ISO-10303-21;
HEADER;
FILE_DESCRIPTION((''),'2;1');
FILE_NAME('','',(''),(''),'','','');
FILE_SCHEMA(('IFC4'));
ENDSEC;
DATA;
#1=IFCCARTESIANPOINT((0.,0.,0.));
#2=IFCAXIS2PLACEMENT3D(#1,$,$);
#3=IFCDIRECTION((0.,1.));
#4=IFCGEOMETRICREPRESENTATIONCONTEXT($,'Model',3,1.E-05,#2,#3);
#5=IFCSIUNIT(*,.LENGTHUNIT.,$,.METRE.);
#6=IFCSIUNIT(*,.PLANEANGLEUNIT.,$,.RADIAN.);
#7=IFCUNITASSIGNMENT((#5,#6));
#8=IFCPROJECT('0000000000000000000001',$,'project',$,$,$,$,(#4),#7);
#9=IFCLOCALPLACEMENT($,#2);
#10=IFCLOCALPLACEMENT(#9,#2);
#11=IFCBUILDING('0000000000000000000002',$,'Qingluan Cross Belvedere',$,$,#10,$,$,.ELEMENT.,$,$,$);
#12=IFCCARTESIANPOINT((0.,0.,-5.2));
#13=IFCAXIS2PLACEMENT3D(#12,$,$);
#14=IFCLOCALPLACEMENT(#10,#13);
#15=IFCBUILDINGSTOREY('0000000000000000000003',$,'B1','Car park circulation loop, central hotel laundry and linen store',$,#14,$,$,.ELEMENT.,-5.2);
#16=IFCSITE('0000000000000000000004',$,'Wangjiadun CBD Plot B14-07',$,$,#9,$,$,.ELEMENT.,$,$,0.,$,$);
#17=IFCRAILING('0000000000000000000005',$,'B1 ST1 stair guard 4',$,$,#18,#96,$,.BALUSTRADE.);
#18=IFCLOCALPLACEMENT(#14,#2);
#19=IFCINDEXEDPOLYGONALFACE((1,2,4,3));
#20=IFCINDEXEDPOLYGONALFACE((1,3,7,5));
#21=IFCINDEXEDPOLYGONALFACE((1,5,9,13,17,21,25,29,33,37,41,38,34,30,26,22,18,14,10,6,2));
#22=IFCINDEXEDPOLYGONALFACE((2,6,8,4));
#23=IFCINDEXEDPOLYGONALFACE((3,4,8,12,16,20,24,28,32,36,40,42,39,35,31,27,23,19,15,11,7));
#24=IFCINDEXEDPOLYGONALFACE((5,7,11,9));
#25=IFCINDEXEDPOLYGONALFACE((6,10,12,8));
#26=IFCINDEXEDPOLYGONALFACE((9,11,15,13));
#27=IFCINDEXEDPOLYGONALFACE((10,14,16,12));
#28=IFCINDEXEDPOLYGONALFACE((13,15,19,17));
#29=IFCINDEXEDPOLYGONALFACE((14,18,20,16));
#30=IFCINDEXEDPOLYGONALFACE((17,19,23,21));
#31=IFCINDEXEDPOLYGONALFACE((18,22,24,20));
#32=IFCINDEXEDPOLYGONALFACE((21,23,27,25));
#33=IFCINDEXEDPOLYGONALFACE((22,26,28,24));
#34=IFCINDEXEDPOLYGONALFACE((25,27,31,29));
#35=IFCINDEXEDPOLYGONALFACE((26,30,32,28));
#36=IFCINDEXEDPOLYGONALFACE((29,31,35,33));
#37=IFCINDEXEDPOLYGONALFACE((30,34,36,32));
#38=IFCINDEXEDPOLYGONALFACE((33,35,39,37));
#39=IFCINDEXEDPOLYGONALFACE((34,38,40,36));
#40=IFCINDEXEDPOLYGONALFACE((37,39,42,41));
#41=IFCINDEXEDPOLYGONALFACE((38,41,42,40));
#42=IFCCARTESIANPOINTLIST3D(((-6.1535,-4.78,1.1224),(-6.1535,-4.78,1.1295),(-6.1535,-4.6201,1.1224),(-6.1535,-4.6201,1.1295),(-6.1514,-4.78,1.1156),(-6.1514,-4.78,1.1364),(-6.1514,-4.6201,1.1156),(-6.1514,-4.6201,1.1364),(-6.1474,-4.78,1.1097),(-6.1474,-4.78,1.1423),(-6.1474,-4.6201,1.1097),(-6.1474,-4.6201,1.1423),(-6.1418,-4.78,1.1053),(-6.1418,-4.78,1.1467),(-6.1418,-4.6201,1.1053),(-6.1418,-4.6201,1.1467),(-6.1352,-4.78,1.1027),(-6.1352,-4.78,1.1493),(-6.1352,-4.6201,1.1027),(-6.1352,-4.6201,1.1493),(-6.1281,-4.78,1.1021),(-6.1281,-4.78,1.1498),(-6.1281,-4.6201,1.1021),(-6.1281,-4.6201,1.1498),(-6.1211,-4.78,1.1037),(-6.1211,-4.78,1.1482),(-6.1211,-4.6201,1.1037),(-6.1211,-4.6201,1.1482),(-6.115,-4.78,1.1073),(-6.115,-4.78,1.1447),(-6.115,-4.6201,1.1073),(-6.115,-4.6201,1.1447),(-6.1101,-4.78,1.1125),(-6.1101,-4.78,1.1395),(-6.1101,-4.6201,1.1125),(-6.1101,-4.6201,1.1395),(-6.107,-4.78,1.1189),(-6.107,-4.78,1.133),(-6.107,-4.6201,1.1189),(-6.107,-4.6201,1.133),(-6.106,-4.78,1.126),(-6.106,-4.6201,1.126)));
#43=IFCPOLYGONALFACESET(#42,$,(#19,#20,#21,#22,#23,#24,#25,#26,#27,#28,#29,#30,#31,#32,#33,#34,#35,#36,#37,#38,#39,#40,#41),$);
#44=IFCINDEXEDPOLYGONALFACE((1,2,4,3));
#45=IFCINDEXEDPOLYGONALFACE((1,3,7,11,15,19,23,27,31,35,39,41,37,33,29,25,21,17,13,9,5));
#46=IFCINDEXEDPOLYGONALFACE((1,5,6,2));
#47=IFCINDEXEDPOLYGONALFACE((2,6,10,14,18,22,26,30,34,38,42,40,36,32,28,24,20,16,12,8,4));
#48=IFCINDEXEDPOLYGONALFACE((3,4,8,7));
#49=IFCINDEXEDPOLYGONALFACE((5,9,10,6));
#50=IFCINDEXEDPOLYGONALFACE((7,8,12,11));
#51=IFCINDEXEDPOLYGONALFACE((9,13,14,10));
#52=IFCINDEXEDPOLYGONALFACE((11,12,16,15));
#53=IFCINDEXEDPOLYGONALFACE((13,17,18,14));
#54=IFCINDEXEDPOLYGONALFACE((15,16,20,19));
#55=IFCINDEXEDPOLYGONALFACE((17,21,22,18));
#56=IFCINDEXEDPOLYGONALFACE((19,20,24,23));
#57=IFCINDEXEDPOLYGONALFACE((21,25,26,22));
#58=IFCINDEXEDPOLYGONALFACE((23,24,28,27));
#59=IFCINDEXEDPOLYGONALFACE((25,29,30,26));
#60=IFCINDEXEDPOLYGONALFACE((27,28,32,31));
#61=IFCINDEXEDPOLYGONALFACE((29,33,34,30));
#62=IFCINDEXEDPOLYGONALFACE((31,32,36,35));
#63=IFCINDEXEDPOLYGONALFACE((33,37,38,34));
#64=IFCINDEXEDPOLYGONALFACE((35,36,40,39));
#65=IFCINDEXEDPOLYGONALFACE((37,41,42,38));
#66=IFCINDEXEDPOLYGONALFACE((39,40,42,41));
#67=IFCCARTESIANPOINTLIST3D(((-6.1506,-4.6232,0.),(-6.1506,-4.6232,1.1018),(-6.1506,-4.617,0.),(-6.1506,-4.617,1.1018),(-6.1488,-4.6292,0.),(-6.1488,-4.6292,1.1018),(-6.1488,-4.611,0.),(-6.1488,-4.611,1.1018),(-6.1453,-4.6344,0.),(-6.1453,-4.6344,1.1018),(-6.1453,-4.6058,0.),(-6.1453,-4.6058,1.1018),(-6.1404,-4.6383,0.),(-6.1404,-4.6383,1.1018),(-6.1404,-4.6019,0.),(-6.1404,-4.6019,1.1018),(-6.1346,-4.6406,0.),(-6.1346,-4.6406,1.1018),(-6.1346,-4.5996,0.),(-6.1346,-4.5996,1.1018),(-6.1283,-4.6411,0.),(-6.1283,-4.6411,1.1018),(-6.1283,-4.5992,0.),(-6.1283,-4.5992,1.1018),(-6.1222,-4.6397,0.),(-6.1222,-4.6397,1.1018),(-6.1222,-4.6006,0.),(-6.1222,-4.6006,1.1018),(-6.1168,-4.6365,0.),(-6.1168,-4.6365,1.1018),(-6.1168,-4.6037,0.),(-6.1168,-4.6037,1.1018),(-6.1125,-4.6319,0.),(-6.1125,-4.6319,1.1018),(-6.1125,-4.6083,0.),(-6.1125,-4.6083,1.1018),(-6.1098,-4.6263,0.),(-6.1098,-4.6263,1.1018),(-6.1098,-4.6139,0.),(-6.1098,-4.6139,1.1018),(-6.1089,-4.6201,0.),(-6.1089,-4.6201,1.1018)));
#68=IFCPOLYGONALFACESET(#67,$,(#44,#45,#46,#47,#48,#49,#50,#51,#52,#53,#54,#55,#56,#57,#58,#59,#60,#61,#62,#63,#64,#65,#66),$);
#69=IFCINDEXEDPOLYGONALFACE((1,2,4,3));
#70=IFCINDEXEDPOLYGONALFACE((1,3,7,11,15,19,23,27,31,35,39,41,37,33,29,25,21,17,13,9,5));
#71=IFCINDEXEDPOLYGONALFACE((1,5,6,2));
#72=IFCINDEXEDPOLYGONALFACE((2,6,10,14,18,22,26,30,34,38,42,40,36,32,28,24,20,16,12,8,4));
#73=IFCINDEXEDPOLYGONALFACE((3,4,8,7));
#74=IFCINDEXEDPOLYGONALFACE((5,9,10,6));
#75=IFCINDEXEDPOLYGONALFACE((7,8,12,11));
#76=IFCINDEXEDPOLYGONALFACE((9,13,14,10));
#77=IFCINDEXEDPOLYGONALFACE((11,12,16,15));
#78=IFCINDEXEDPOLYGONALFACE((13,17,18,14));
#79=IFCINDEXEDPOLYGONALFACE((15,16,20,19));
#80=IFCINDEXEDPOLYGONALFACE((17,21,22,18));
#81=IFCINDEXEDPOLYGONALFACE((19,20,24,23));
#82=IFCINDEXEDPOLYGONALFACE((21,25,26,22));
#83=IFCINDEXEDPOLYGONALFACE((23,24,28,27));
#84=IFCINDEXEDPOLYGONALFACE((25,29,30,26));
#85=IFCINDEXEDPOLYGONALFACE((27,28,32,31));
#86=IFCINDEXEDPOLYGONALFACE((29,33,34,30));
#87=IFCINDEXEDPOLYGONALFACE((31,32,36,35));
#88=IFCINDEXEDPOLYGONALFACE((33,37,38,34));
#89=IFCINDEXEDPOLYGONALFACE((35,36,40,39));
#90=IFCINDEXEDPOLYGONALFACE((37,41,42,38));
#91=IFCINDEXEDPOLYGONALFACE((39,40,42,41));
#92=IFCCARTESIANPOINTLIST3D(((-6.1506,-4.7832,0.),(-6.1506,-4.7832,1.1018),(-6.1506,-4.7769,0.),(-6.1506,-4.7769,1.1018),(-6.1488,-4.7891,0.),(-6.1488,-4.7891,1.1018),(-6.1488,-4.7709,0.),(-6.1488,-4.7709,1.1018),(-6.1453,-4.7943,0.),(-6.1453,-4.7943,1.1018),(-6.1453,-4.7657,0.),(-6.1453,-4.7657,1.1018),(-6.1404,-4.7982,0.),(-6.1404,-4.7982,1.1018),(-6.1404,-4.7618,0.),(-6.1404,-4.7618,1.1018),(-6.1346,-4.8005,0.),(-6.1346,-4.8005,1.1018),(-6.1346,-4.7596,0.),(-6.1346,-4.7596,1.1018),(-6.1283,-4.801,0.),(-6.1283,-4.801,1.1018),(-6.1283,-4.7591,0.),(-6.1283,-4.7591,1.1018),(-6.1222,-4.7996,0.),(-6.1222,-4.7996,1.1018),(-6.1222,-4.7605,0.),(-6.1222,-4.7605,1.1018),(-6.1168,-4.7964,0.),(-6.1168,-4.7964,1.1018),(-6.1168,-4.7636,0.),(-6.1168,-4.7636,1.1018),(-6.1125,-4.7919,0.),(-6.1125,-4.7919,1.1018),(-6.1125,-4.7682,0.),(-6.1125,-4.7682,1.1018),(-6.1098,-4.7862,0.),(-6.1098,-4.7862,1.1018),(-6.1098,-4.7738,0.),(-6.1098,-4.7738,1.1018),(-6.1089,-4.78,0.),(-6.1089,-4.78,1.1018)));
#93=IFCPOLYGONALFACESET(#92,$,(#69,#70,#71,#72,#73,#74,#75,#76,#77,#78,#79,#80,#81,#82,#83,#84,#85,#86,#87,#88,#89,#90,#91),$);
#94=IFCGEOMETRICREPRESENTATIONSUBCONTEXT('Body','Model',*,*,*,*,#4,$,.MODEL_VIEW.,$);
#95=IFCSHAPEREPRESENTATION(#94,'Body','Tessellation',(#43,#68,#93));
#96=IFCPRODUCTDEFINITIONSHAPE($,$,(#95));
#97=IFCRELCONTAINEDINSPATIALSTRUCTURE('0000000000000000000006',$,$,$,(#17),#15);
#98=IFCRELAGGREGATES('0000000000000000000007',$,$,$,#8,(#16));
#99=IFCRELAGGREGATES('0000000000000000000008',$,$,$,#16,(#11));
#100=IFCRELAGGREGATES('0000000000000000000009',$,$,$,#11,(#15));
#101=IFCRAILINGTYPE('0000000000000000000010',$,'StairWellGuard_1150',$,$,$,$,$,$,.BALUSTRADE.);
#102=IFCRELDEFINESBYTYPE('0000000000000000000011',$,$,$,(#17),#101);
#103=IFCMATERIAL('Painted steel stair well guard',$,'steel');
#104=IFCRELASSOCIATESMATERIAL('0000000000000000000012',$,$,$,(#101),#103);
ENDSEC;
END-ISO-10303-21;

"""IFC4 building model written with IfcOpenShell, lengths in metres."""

from ifc_helpers import new_model, si_unit, direction, frame, origin, origin_2d, place, context, subcontext, project, spatial, circle, extrude, material, type_object, element, save


model = new_model("IFC4")

# Units and contexts
model_context = context("Model", 3, precision=1e-05, world=origin(), true_north=direction((0.0, 1.0)))
body_context = subcontext(model_context, "Body", "Model", "MODEL_VIEW")
ifc_project = project(units=[si_unit("LENGTHUNIT", "METRE"), si_unit("PLANEANGLEUNIT", "RADIAN")], contexts=[model_context])

# Site, building, storey
site_placement = place(None, origin())
site = spatial("IfcSite", under=ifc_project, at=site_placement, Name="Wangjiadun CBD Plot B14-07", CompositionType="ELEMENT", RefElevation=0.0)
building_placement = place(site_placement, origin())
building = spatial("IfcBuilding", under=site, at=building_placement, Name="Qingluan Cross Belvedere", CompositionType="ELEMENT")
storey_placement = place(building_placement, frame((0.0, 0.0, -5.2)))
storey = spatial("IfcBuildingStorey", under=building, at=storey_placement, Name="B1", Description="Car park circulation loop, central hotel laundry and linen store", CompositionType="ELEMENT", Elevation=-5.2)

# Railing
ifc_material_1 = material(Name="Painted steel stair well guard", Category="steel")
railing_type_1 = type_object("IfcRailingType", Name="StairWellGuard_1150", PredefinedType="BALUSTRADE", material=ifc_material_1)
railing_1_placement = place(storey_placement, frame((-6.1299, -4.6201, 0.0)))
element("IfcRailing", 1, at=railing_1_placement, inside=storey, type_object=railing_type_1, Name="B1 ST1 stair guard 4", PredefinedType="BALUSTRADE", context=body_context, shape_type="SweptSolid", body=[
    extrude(circle(Radius=0.0239, at=origin_2d()), frame((0.0, 0.0, 1.126), z_axis=(0.0, -1.0, 0.0), x_axis=(1.0, 0.0, 0.0)), (0.0, 0.0, 1.0), 0.1599),
    extrude(circle(Radius=0.021, at=origin_2d()), origin(), (0.0, 0.0, 1.0), 1.1018),
    extrude(circle(Radius=0.021, at=origin_2d()), frame((0.0, -0.1599, 0.0)), (0.0, 0.0, 1.0), 1.1018),
])

save(model, "model.ifc")
